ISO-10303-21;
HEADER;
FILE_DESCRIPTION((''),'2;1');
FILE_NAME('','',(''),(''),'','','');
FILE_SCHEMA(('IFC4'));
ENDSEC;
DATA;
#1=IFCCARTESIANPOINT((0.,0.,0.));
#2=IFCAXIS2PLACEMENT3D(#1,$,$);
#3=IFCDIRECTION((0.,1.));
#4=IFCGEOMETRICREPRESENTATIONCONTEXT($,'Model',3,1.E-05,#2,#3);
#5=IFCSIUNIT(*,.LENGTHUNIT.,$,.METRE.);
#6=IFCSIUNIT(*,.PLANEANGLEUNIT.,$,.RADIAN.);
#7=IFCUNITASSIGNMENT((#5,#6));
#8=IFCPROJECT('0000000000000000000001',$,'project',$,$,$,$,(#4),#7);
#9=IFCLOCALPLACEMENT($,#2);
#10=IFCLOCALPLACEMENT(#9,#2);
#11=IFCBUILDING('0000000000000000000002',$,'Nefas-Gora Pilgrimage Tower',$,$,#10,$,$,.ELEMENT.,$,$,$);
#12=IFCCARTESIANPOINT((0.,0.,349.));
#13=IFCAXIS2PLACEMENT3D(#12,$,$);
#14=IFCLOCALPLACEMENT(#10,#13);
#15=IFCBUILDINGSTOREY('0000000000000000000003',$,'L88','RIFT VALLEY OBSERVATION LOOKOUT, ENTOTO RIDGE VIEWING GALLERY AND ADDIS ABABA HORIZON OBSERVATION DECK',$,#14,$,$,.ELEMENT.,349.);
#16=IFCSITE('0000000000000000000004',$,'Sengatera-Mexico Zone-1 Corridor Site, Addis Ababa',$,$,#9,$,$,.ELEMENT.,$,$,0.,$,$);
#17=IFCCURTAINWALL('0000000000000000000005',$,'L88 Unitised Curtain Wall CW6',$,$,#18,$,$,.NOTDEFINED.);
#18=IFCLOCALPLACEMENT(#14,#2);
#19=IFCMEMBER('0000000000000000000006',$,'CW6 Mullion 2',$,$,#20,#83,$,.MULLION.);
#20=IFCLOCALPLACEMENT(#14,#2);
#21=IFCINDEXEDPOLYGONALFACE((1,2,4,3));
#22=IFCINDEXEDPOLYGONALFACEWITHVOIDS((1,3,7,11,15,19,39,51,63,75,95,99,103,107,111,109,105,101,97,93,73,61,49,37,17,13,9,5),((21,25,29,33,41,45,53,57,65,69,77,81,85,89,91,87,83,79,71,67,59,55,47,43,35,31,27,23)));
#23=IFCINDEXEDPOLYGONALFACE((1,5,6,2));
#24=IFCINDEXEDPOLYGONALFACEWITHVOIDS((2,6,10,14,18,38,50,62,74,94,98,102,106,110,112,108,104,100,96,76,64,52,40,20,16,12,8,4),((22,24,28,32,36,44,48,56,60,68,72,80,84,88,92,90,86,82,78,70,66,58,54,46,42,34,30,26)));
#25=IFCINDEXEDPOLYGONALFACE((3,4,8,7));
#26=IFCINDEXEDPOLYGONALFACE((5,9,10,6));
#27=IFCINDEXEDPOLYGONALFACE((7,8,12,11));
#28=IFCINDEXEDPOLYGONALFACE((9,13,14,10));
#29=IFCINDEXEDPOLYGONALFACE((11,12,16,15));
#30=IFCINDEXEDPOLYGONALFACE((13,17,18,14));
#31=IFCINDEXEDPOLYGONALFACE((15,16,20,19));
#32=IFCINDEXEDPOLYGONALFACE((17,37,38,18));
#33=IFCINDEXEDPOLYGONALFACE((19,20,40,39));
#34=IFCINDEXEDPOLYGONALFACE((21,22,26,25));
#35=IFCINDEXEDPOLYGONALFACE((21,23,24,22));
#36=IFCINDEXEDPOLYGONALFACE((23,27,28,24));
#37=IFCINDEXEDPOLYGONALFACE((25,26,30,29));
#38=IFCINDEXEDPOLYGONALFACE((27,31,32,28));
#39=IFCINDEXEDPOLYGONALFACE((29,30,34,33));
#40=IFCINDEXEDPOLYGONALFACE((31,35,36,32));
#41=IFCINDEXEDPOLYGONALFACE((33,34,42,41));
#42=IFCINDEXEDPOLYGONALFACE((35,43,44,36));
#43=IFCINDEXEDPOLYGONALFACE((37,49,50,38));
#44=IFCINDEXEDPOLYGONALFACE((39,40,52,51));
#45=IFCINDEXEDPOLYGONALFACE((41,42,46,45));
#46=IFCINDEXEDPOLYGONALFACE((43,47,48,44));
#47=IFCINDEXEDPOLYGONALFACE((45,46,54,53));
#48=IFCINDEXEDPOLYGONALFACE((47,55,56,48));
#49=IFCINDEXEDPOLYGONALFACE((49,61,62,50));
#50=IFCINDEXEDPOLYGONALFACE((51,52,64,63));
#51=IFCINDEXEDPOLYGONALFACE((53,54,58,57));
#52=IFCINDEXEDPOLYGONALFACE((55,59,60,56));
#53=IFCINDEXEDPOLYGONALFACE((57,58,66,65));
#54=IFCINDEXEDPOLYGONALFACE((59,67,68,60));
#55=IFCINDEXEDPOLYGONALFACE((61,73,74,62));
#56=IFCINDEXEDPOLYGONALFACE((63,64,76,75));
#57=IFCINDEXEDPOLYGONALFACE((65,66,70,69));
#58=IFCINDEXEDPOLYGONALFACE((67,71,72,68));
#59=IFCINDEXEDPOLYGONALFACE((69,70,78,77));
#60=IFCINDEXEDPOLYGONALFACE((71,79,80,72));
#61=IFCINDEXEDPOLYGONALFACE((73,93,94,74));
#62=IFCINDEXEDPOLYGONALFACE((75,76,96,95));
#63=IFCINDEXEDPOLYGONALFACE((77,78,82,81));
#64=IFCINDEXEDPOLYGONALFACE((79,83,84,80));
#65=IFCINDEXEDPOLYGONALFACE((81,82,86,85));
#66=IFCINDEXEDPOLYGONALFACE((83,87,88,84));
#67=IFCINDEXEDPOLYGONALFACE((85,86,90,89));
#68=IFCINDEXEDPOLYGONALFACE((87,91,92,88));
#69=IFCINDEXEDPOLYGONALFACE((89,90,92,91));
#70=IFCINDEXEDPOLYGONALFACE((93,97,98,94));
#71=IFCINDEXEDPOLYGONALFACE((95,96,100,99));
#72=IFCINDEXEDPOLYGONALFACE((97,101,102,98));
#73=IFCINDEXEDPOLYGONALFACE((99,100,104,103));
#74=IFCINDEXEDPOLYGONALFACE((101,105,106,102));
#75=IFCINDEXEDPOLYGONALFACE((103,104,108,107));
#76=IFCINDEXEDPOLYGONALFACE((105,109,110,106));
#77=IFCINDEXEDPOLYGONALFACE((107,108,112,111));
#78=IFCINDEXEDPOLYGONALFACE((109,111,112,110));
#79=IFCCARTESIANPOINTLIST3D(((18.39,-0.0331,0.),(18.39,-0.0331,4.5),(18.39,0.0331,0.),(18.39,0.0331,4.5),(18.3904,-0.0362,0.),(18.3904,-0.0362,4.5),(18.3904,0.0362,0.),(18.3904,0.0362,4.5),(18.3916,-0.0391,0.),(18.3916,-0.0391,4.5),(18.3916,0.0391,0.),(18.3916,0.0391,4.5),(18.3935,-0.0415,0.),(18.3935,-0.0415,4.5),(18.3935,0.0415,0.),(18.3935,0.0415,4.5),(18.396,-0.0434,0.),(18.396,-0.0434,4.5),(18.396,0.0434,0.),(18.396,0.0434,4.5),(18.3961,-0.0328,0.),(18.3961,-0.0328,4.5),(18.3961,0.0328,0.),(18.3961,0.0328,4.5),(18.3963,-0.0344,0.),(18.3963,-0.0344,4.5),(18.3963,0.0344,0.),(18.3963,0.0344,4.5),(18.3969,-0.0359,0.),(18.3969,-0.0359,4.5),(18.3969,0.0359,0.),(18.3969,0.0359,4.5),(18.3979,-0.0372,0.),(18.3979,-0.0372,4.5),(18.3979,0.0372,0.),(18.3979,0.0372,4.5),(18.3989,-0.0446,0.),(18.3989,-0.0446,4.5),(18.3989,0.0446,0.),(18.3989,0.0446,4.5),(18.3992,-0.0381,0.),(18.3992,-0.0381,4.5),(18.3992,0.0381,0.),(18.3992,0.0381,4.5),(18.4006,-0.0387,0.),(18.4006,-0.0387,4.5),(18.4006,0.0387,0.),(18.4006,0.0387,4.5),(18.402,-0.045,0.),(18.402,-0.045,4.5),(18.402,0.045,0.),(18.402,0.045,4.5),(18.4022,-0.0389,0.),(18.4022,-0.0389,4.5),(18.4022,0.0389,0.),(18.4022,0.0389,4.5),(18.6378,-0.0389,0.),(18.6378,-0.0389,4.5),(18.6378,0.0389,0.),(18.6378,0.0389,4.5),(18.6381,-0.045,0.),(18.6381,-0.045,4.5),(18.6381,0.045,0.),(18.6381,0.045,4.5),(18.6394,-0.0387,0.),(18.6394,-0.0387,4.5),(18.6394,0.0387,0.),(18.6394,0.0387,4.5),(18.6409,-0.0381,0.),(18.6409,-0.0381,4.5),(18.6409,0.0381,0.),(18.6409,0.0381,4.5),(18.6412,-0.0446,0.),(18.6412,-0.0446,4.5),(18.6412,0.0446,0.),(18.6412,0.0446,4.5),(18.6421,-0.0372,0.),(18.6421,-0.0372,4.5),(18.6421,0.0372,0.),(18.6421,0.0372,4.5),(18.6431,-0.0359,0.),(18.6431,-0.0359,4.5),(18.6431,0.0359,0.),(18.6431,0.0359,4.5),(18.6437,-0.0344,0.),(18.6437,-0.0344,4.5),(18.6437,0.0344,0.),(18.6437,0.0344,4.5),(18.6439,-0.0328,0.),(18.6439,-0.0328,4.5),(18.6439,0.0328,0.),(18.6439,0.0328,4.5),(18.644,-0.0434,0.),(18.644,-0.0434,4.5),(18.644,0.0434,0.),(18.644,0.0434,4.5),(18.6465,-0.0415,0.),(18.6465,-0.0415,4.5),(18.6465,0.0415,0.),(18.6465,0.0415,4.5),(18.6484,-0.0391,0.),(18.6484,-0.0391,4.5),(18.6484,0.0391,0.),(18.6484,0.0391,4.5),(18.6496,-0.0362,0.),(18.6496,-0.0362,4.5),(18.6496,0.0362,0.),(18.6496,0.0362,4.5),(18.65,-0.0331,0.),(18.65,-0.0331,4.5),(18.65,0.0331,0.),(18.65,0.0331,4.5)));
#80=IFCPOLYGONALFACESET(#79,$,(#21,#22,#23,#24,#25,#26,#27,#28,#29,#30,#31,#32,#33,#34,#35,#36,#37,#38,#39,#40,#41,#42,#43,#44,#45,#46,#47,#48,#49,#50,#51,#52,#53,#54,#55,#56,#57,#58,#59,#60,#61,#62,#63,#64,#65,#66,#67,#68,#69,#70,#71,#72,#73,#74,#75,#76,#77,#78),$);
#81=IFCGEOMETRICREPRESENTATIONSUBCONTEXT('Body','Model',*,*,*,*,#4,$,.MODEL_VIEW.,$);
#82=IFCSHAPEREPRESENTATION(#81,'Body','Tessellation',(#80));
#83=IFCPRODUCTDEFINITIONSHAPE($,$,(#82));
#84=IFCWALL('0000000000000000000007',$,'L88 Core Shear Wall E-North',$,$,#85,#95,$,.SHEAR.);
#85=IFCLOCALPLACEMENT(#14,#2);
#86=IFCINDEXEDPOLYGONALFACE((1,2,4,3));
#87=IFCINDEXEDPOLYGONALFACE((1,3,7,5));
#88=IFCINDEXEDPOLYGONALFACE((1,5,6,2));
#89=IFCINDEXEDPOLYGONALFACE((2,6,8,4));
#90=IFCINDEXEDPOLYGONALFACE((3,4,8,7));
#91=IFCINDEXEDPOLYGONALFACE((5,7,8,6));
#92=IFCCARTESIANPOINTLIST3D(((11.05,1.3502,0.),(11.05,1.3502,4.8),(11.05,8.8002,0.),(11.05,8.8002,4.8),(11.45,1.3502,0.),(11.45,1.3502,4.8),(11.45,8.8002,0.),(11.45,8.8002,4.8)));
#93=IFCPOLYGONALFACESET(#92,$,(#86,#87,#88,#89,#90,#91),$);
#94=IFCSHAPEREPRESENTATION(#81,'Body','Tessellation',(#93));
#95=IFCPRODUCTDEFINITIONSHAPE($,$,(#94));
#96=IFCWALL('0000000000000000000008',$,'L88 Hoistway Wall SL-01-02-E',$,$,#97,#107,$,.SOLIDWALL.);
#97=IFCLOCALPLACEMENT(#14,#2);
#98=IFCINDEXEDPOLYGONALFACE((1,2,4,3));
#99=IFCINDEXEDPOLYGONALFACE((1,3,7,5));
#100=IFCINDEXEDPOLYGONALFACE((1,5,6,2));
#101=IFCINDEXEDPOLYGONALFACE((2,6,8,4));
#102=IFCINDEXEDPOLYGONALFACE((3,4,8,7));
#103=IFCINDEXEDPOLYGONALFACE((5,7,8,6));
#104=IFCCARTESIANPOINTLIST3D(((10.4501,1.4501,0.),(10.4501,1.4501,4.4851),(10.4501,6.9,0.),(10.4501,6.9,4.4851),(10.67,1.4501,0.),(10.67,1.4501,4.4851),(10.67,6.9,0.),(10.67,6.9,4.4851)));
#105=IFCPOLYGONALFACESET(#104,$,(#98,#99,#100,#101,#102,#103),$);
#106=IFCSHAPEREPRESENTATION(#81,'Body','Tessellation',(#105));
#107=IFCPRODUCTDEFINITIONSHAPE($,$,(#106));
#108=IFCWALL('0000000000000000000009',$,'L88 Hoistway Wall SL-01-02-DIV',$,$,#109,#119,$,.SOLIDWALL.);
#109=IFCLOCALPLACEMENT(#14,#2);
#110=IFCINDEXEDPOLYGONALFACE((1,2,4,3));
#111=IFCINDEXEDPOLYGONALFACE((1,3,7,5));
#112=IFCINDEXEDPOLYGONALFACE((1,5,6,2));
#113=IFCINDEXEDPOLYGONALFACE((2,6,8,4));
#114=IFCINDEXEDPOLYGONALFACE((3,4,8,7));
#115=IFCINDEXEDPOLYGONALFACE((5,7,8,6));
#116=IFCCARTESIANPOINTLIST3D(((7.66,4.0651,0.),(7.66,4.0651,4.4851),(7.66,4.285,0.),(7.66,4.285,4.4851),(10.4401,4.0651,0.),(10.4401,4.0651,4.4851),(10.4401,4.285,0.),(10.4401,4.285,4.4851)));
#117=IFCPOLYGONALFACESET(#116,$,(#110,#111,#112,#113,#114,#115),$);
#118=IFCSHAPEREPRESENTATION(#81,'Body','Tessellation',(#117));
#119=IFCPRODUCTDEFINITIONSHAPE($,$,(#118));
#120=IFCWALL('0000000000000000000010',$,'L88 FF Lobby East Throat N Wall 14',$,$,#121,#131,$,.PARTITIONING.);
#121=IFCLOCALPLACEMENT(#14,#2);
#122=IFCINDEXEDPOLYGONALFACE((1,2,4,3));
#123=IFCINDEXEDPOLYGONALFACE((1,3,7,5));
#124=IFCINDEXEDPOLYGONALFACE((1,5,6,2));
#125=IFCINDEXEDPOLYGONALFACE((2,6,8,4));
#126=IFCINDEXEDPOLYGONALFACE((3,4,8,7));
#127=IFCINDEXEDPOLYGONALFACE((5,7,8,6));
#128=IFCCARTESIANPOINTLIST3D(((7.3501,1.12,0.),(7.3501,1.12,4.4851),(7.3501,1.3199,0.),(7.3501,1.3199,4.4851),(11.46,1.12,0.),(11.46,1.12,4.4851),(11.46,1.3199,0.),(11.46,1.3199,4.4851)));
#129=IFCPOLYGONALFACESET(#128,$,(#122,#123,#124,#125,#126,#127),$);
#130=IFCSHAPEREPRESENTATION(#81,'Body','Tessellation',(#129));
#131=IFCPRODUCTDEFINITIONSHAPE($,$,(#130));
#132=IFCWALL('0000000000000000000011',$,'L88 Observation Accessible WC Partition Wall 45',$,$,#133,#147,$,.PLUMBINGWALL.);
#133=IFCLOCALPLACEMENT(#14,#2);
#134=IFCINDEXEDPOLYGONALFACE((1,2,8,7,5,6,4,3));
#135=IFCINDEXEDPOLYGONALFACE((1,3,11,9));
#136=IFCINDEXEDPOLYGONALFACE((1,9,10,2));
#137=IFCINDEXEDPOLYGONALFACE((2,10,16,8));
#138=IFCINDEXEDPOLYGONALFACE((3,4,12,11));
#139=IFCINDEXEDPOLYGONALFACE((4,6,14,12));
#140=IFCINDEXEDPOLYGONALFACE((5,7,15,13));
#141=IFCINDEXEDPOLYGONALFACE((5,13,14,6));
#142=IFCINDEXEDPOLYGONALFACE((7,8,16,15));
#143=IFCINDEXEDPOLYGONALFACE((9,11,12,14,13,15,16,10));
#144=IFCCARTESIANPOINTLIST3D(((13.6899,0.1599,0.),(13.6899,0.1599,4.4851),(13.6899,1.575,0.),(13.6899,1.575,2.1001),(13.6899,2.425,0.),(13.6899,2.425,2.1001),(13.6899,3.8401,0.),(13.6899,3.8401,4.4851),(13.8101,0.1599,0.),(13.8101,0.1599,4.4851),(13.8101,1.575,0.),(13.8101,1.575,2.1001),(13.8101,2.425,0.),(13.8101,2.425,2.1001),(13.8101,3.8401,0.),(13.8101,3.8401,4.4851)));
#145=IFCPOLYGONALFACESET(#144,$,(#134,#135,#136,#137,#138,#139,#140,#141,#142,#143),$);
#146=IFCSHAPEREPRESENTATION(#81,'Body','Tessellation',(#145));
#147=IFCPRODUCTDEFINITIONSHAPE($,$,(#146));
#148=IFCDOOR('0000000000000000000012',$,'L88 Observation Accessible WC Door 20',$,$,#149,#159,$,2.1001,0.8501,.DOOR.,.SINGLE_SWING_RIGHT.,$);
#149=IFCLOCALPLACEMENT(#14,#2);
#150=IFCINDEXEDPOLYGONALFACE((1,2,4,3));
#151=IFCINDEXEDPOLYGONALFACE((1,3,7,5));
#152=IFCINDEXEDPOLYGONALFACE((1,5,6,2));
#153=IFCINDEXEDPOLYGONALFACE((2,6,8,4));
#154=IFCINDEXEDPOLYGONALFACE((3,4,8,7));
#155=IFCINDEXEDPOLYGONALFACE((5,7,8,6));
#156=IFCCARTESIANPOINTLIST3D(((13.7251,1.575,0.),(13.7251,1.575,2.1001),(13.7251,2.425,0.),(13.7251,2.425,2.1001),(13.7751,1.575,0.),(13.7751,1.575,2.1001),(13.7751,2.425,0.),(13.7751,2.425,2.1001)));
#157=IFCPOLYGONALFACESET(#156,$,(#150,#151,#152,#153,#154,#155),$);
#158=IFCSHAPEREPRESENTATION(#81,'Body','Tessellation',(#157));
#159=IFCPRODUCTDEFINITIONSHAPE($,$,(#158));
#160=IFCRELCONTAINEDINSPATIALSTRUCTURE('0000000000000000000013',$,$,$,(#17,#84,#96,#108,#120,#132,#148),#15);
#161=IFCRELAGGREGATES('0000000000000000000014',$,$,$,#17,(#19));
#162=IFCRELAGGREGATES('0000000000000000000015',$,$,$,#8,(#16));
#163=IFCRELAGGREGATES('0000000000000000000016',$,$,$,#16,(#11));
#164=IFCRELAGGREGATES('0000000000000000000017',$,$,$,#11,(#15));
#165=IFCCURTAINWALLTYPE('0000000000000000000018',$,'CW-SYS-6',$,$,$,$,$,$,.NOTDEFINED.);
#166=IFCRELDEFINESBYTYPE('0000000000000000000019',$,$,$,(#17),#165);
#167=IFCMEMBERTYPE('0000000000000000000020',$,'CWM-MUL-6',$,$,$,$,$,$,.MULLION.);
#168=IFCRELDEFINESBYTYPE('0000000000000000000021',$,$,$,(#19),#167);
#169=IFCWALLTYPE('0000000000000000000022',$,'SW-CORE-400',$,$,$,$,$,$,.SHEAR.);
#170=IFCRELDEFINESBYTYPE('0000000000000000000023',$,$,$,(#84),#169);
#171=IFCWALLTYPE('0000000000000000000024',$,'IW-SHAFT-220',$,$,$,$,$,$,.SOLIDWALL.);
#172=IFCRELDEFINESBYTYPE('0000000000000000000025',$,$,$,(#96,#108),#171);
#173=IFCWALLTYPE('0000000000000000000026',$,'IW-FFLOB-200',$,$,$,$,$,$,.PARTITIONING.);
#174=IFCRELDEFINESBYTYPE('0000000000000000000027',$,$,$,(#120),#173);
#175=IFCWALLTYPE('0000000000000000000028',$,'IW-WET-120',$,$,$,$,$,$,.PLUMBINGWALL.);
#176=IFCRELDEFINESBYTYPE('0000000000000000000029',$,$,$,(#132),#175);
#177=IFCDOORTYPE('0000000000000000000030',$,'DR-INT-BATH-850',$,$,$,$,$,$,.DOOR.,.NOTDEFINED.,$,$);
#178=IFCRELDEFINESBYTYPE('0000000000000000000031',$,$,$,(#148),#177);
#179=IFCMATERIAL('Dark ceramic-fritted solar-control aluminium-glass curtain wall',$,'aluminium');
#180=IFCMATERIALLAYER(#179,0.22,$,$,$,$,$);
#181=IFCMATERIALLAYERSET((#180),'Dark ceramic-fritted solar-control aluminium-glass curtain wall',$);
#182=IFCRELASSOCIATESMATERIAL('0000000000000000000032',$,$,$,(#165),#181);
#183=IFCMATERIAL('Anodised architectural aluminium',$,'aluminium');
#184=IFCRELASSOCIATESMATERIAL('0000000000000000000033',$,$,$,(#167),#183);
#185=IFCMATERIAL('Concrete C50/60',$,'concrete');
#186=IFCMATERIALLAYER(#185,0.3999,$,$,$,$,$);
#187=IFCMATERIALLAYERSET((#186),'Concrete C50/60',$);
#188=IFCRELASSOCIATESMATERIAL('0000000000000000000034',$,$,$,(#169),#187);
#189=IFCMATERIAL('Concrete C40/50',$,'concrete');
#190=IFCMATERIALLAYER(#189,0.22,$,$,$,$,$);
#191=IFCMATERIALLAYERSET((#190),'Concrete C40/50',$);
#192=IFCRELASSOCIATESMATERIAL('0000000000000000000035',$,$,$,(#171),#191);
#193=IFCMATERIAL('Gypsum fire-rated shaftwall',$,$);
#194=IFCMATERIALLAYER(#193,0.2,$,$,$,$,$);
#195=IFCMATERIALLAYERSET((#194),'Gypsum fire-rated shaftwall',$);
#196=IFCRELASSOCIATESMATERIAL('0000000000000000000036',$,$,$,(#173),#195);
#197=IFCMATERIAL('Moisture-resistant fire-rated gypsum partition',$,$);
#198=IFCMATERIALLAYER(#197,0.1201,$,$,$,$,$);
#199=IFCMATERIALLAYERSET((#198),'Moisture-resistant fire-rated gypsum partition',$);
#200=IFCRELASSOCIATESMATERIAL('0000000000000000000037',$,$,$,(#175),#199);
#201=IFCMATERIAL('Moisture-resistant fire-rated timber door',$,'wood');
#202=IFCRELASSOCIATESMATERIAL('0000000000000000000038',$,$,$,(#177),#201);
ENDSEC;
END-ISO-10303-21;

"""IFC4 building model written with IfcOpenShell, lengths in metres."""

from ifc_helpers import new_model, si_unit, direction, frame, frame_2d, origin, origin_2d, place, context, subcontext, project, spatial, rectangle, hollow_rectangle, extrude, source, transform, mapped, material, layer, layer_set, material_profile, profile_set, type_object, element, fill, aggregate, save


model = new_model("IFC4")

# Units and contexts
model_context = context("Model", 3, precision=1e-05, world=origin(), true_north=direction((0.0, 1.0)))
body_context = subcontext(model_context, "Body", "Model", "MODEL_VIEW")
ifc_project = project(units=[si_unit("LENGTHUNIT", "METRE"), si_unit("PLANEANGLEUNIT", "RADIAN")], contexts=[model_context])

# Site, building, storey
site_placement = place(None, origin())
site = spatial("IfcSite", under=ifc_project, at=site_placement, Name="Sengatera-Mexico Zone-1 Corridor Site, Addis Ababa", CompositionType="ELEMENT", RefElevation=0.0)
building_placement = place(site_placement, origin())
building = spatial("IfcBuilding", under=site, at=building_placement, Name="Nefas-Gora Pilgrimage Tower", CompositionType="ELEMENT")
storey_placement = place(building_placement, frame((0.0, 0.0, 349.0)))
storey = spatial("IfcBuildingStorey", under=building, at=storey_placement, Name="L88", Description="RIFT VALLEY OBSERVATION LOOKOUT, ENTOTO RIDGE VIEWING GALLERY AND ADDIS ABABA HORIZON OBSERVATION DECK", CompositionType="ELEMENT", Elevation=349.0)

# Curtain wall, member
ifc_material_1 = material(Name="Dark ceramic-fritted solar-control aluminium-glass curtain wall", Category="aluminium")
ifc_layer_1 = layer(ifc_material_1, 0.22)
ifc_layer_set_1 = layer_set([ifc_layer_1], Name="Dark ceramic-fritted solar-control aluminium-glass curtain wall")
curtain_wall_type = type_object("IfcCurtainWallType", Name="CW-SYS-6", PredefinedType="NOTDEFINED", material=ifc_layer_set_1)
curtain_wall_placement = place(storey_placement, origin())
curtain_wall = element("IfcCurtainWall", 1, at=curtain_wall_placement, inside=storey, type_object=curtain_wall_type, Name="L88 Unitised Curtain Wall CW6", PredefinedType="NOTDEFINED")
ifc_material_2 = material(Name="Anodised architectural aluminium", Category="aluminium")
ifc_material_profile_1 = material_profile(ifc_material_2, hollow_rectangle(XDim=0.0901, YDim=0.26, WallThickness=0.0061, InnerFilletRadius=0.0061, OuterFilletRadius=0.012, at=origin_2d()), Name="ALU MULLION 90x260")
ifc_profile_set_1 = profile_set([ifc_material_profile_1], Name="Anodised architectural aluminium")
member_type = type_object("IfcMemberType", Name="CWM-MUL-6", PredefinedType="MULLION", material=ifc_profile_set_1)
shared_shape_1 = source(origin(), body_context, "Body", "SweptSolid", [
    extrude(hollow_rectangle(XDim=0.0901, YDim=0.26, WallThickness=0.0061, InnerFilletRadius=0.0061, OuterFilletRadius=0.012, at=origin_2d()), origin(), (0.0, 0.0, 1.0), 4.5),
])
member_placement = place(storey_placement, frame((18.52, 0.0, 0.0), z_axis=(0.0, 0.0, 1.0), x_axis=(0.0, 1.0, 0.0)))
member = element("IfcMember", 2, at=member_placement, type_object=member_type, Name="CW6 Mullion 2", PredefinedType="MULLION", context=body_context, shape_type="MappedRepresentation", body=[
    mapped(shared_shape_1, transform((0.0, 0.0, 0.0), x_axis=(1.0, 0.0, 0.0), y_axis=(0.0, 1.0, 0.0), z_axis=(0.0, 0.0, 1.0), scale=1.0)),
])
aggregate(curtain_wall, [member])

# Walls
ifc_material_3 = material(Name="Concrete C50/60", Category="concrete")
ifc_layer_2 = layer(ifc_material_3, 0.3999)
ifc_layer_set_2 = layer_set([ifc_layer_2], Name="Concrete C50/60")
wall_type_1 = type_object("IfcWallType", Name="SW-CORE-400", PredefinedType="SHEAR", material=ifc_layer_set_2)
shared_shape_2 = source(origin(), body_context, "Body", "SweptSolid", [
    extrude(rectangle(XDim=7.45, YDim=0.3999, at=frame_2d((3.7251, 0.0))), origin(), (0.0, 0.0, 1.0), 4.8),
])
wall_1_placement = place(storey_placement, frame((11.25, 1.3501, 0.0), z_axis=(0.0, 0.0, 1.0), x_axis=(0.0, 1.0, 0.0)))
element("IfcWall", 3, at=wall_1_placement, inside=storey, type_object=wall_type_1, Name="L88 Core Shear Wall E-North", PredefinedType="SHEAR", context=body_context, shape_type="MappedRepresentation", body=[
    mapped(shared_shape_2, transform((0.0, 0.0, 0.0), x_axis=(1.0, 0.0, 0.0), y_axis=(0.0, 1.0, 0.0), z_axis=(0.0, 0.0, 1.0), scale=1.0)),
])
ifc_material_4 = material(Name="Concrete C40/50", Category="concrete")
ifc_layer_3 = layer(ifc_material_4, 0.22)
ifc_layer_set_3 = layer_set([ifc_layer_3], Name="Concrete C40/50")
wall_type_2 = type_object("IfcWallType", Name="IW-SHAFT-220", PredefinedType="SOLIDWALL", material=ifc_layer_set_3)
shared_shape_3 = source(origin(), body_context, "Body", "SweptSolid", [
    extrude(rectangle(XDim=5.45, YDim=0.22, at=frame_2d((2.7251, 0.0))), origin(), (0.0, 0.0, 1.0), 4.4851),
])
wall_2_placement = place(storey_placement, frame((10.5601, 1.45, 0.0), z_axis=(0.0, 0.0, 1.0), x_axis=(0.0, 1.0, 0.0)))
element("IfcWall", 4, at=wall_2_placement, inside=storey, type_object=wall_type_2, Name="L88 Hoistway Wall SL-01-02-E", PredefinedType="SOLIDWALL", context=body_context, shape_type="MappedRepresentation", body=[
    mapped(shared_shape_3, transform((0.0, 0.0, 0.0), x_axis=(1.0, 0.0, 0.0), y_axis=(0.0, 1.0, 0.0), z_axis=(0.0, 0.0, 1.0), scale=1.0)),
])
shared_shape_4 = source(origin(), body_context, "Body", "SweptSolid", [
    extrude(rectangle(XDim=2.78, YDim=0.22, at=frame_2d((1.3901, 0.0))), origin(), (0.0, 0.0, 1.0), 4.4851),
])
wall_3_placement = place(storey_placement, frame((7.6599, 4.175, 0.0), z_axis=(0.0, 0.0, 1.0), x_axis=(1.0, 0.0, 0.0)))
element("IfcWall", 5, at=wall_3_placement, inside=storey, type_object=wall_type_2, Name="L88 Hoistway Wall SL-01-02-DIV", PredefinedType="SOLIDWALL", context=body_context, shape_type="MappedRepresentation", body=[
    mapped(shared_shape_4, transform((0.0, 0.0, 0.0), x_axis=(1.0, 0.0, 0.0), y_axis=(0.0, 1.0, 0.0), z_axis=(0.0, 0.0, 1.0), scale=1.0)),
])
ifc_material_5 = material(Name="Gypsum fire-rated shaftwall")
ifc_layer_4 = layer(ifc_material_5, 0.2)
ifc_layer_set_4 = layer_set([ifc_layer_4], Name="Gypsum fire-rated shaftwall")
wall_type_3 = type_object("IfcWallType", Name="IW-FFLOB-200", PredefinedType="PARTITIONING", material=ifc_layer_set_4)
shared_shape_5 = source(origin(), body_context, "Body", "SweptSolid", [
    extrude(rectangle(XDim=4.1099, YDim=0.2, at=frame_2d((2.0549, 0.0))), origin(), (0.0, 0.0, 1.0), 4.4851),
])
wall_4_placement = place(storey_placement, frame((7.3501, 1.22, 0.0), z_axis=(0.0, 0.0, 1.0), x_axis=(1.0, 0.0, 0.0)))
element("IfcWall", 6, at=wall_4_placement, inside=storey, type_object=wall_type_3, Name="L88 FF Lobby East Throat N Wall 14", PredefinedType="PARTITIONING", context=body_context, shape_type="MappedRepresentation", body=[
    mapped(shared_shape_5, transform((0.0, 0.0, 0.0), x_axis=(1.0, 0.0, 0.0), y_axis=(0.0, 1.0, 0.0), z_axis=(0.0, 0.0, 1.0), scale=1.0)),
])

# Wall, opening, door
ifc_material_6 = material(Name="Moisture-resistant fire-rated gypsum partition")
ifc_layer_5 = layer(ifc_material_6, 0.1201)
ifc_layer_set_5 = layer_set([ifc_layer_5], Name="Moisture-resistant fire-rated gypsum partition")
wall_type_4 = type_object("IfcWallType", Name="IW-WET-120", PredefinedType="PLUMBINGWALL", material=ifc_layer_set_5)
shared_shape_6 = source(origin(), body_context, "Body", "SweptSolid", [
    extrude(rectangle(XDim=3.6802, YDim=0.1201, at=frame_2d((1.8401, 0.0))), origin(), (0.0, 0.0, 1.0), 4.4851),
])
wall_5_placement = place(storey_placement, frame((13.75, 0.1599, 0.0), z_axis=(0.0, 0.0, 1.0), x_axis=(0.0, 1.0, 0.0)))
wall_5 = element("IfcWall", 7, at=wall_5_placement, inside=storey, type_object=wall_type_4, Name="L88 Observation Accessible WC Partition Wall 45", PredefinedType="PLUMBINGWALL", context=body_context, shape_type="MappedRepresentation", body=[
    mapped(shared_shape_6, transform((0.0, 0.0, 0.0), x_axis=(1.0, 0.0, 0.0), y_axis=(0.0, 1.0, 0.0), z_axis=(0.0, 0.0, 1.0), scale=1.0)),
])
opening_1_placement = place(wall_5_placement, frame((1.415, 0.0, 0.0)))
opening_1 = element("IfcOpeningElement", 8, at=opening_1_placement, cuts=wall_5, PredefinedType="OPENING", context=body_context, shape_type="SweptSolid", body=[
    extrude(rectangle(XDim=0.8501, YDim=2.1001, at=frame_2d((0.425, 1.05))), frame((0.0, 0.0701, 0.0), z_axis=(0.0, -1.0, 0.0), x_axis=(1.0, 0.0, 0.0)), (0.0, 0.0, 1.0), 0.1401),
])
ifc_material_7 = material(Name="Moisture-resistant fire-rated timber door", Category="wood")
door_type_1 = type_object("IfcDoorType", Name="DR-INT-BATH-850", OperationType="NOTDEFINED", PredefinedType="DOOR", material=ifc_material_7)
shared_shape_7 = source(origin(), body_context, "Body", "SweptSolid", [
    extrude(rectangle(XDim=0.8501, YDim=2.1001, at=frame_2d((0.425, 1.05))), frame((0.0, 0.0249, 0.0), z_axis=(0.0, -1.0, 0.0), x_axis=(1.0, 0.0, 0.0)), (0.0, 0.0, 1.0), 0.05),
])
door_1_placement = place(opening_1_placement, origin())
door_1 = element("IfcDoor", 9, at=door_1_placement, inside=storey, type_object=door_type_1, Name="L88 Observation Accessible WC Door 20", OperationType="SINGLE_SWING_RIGHT", OverallHeight=2.1001, OverallWidth=0.8501, PredefinedType="DOOR", context=body_context, shape_type="MappedRepresentation", body=[
    mapped(shared_shape_7, transform((0.0, 0.0, 0.0), x_axis=(1.0, 0.0, 0.0), y_axis=(0.0, 1.0, 0.0), z_axis=(0.0, 0.0, 1.0), scale=1.0)),
])
fill(opening_1, door_1)

save(model, "model.ifc")
